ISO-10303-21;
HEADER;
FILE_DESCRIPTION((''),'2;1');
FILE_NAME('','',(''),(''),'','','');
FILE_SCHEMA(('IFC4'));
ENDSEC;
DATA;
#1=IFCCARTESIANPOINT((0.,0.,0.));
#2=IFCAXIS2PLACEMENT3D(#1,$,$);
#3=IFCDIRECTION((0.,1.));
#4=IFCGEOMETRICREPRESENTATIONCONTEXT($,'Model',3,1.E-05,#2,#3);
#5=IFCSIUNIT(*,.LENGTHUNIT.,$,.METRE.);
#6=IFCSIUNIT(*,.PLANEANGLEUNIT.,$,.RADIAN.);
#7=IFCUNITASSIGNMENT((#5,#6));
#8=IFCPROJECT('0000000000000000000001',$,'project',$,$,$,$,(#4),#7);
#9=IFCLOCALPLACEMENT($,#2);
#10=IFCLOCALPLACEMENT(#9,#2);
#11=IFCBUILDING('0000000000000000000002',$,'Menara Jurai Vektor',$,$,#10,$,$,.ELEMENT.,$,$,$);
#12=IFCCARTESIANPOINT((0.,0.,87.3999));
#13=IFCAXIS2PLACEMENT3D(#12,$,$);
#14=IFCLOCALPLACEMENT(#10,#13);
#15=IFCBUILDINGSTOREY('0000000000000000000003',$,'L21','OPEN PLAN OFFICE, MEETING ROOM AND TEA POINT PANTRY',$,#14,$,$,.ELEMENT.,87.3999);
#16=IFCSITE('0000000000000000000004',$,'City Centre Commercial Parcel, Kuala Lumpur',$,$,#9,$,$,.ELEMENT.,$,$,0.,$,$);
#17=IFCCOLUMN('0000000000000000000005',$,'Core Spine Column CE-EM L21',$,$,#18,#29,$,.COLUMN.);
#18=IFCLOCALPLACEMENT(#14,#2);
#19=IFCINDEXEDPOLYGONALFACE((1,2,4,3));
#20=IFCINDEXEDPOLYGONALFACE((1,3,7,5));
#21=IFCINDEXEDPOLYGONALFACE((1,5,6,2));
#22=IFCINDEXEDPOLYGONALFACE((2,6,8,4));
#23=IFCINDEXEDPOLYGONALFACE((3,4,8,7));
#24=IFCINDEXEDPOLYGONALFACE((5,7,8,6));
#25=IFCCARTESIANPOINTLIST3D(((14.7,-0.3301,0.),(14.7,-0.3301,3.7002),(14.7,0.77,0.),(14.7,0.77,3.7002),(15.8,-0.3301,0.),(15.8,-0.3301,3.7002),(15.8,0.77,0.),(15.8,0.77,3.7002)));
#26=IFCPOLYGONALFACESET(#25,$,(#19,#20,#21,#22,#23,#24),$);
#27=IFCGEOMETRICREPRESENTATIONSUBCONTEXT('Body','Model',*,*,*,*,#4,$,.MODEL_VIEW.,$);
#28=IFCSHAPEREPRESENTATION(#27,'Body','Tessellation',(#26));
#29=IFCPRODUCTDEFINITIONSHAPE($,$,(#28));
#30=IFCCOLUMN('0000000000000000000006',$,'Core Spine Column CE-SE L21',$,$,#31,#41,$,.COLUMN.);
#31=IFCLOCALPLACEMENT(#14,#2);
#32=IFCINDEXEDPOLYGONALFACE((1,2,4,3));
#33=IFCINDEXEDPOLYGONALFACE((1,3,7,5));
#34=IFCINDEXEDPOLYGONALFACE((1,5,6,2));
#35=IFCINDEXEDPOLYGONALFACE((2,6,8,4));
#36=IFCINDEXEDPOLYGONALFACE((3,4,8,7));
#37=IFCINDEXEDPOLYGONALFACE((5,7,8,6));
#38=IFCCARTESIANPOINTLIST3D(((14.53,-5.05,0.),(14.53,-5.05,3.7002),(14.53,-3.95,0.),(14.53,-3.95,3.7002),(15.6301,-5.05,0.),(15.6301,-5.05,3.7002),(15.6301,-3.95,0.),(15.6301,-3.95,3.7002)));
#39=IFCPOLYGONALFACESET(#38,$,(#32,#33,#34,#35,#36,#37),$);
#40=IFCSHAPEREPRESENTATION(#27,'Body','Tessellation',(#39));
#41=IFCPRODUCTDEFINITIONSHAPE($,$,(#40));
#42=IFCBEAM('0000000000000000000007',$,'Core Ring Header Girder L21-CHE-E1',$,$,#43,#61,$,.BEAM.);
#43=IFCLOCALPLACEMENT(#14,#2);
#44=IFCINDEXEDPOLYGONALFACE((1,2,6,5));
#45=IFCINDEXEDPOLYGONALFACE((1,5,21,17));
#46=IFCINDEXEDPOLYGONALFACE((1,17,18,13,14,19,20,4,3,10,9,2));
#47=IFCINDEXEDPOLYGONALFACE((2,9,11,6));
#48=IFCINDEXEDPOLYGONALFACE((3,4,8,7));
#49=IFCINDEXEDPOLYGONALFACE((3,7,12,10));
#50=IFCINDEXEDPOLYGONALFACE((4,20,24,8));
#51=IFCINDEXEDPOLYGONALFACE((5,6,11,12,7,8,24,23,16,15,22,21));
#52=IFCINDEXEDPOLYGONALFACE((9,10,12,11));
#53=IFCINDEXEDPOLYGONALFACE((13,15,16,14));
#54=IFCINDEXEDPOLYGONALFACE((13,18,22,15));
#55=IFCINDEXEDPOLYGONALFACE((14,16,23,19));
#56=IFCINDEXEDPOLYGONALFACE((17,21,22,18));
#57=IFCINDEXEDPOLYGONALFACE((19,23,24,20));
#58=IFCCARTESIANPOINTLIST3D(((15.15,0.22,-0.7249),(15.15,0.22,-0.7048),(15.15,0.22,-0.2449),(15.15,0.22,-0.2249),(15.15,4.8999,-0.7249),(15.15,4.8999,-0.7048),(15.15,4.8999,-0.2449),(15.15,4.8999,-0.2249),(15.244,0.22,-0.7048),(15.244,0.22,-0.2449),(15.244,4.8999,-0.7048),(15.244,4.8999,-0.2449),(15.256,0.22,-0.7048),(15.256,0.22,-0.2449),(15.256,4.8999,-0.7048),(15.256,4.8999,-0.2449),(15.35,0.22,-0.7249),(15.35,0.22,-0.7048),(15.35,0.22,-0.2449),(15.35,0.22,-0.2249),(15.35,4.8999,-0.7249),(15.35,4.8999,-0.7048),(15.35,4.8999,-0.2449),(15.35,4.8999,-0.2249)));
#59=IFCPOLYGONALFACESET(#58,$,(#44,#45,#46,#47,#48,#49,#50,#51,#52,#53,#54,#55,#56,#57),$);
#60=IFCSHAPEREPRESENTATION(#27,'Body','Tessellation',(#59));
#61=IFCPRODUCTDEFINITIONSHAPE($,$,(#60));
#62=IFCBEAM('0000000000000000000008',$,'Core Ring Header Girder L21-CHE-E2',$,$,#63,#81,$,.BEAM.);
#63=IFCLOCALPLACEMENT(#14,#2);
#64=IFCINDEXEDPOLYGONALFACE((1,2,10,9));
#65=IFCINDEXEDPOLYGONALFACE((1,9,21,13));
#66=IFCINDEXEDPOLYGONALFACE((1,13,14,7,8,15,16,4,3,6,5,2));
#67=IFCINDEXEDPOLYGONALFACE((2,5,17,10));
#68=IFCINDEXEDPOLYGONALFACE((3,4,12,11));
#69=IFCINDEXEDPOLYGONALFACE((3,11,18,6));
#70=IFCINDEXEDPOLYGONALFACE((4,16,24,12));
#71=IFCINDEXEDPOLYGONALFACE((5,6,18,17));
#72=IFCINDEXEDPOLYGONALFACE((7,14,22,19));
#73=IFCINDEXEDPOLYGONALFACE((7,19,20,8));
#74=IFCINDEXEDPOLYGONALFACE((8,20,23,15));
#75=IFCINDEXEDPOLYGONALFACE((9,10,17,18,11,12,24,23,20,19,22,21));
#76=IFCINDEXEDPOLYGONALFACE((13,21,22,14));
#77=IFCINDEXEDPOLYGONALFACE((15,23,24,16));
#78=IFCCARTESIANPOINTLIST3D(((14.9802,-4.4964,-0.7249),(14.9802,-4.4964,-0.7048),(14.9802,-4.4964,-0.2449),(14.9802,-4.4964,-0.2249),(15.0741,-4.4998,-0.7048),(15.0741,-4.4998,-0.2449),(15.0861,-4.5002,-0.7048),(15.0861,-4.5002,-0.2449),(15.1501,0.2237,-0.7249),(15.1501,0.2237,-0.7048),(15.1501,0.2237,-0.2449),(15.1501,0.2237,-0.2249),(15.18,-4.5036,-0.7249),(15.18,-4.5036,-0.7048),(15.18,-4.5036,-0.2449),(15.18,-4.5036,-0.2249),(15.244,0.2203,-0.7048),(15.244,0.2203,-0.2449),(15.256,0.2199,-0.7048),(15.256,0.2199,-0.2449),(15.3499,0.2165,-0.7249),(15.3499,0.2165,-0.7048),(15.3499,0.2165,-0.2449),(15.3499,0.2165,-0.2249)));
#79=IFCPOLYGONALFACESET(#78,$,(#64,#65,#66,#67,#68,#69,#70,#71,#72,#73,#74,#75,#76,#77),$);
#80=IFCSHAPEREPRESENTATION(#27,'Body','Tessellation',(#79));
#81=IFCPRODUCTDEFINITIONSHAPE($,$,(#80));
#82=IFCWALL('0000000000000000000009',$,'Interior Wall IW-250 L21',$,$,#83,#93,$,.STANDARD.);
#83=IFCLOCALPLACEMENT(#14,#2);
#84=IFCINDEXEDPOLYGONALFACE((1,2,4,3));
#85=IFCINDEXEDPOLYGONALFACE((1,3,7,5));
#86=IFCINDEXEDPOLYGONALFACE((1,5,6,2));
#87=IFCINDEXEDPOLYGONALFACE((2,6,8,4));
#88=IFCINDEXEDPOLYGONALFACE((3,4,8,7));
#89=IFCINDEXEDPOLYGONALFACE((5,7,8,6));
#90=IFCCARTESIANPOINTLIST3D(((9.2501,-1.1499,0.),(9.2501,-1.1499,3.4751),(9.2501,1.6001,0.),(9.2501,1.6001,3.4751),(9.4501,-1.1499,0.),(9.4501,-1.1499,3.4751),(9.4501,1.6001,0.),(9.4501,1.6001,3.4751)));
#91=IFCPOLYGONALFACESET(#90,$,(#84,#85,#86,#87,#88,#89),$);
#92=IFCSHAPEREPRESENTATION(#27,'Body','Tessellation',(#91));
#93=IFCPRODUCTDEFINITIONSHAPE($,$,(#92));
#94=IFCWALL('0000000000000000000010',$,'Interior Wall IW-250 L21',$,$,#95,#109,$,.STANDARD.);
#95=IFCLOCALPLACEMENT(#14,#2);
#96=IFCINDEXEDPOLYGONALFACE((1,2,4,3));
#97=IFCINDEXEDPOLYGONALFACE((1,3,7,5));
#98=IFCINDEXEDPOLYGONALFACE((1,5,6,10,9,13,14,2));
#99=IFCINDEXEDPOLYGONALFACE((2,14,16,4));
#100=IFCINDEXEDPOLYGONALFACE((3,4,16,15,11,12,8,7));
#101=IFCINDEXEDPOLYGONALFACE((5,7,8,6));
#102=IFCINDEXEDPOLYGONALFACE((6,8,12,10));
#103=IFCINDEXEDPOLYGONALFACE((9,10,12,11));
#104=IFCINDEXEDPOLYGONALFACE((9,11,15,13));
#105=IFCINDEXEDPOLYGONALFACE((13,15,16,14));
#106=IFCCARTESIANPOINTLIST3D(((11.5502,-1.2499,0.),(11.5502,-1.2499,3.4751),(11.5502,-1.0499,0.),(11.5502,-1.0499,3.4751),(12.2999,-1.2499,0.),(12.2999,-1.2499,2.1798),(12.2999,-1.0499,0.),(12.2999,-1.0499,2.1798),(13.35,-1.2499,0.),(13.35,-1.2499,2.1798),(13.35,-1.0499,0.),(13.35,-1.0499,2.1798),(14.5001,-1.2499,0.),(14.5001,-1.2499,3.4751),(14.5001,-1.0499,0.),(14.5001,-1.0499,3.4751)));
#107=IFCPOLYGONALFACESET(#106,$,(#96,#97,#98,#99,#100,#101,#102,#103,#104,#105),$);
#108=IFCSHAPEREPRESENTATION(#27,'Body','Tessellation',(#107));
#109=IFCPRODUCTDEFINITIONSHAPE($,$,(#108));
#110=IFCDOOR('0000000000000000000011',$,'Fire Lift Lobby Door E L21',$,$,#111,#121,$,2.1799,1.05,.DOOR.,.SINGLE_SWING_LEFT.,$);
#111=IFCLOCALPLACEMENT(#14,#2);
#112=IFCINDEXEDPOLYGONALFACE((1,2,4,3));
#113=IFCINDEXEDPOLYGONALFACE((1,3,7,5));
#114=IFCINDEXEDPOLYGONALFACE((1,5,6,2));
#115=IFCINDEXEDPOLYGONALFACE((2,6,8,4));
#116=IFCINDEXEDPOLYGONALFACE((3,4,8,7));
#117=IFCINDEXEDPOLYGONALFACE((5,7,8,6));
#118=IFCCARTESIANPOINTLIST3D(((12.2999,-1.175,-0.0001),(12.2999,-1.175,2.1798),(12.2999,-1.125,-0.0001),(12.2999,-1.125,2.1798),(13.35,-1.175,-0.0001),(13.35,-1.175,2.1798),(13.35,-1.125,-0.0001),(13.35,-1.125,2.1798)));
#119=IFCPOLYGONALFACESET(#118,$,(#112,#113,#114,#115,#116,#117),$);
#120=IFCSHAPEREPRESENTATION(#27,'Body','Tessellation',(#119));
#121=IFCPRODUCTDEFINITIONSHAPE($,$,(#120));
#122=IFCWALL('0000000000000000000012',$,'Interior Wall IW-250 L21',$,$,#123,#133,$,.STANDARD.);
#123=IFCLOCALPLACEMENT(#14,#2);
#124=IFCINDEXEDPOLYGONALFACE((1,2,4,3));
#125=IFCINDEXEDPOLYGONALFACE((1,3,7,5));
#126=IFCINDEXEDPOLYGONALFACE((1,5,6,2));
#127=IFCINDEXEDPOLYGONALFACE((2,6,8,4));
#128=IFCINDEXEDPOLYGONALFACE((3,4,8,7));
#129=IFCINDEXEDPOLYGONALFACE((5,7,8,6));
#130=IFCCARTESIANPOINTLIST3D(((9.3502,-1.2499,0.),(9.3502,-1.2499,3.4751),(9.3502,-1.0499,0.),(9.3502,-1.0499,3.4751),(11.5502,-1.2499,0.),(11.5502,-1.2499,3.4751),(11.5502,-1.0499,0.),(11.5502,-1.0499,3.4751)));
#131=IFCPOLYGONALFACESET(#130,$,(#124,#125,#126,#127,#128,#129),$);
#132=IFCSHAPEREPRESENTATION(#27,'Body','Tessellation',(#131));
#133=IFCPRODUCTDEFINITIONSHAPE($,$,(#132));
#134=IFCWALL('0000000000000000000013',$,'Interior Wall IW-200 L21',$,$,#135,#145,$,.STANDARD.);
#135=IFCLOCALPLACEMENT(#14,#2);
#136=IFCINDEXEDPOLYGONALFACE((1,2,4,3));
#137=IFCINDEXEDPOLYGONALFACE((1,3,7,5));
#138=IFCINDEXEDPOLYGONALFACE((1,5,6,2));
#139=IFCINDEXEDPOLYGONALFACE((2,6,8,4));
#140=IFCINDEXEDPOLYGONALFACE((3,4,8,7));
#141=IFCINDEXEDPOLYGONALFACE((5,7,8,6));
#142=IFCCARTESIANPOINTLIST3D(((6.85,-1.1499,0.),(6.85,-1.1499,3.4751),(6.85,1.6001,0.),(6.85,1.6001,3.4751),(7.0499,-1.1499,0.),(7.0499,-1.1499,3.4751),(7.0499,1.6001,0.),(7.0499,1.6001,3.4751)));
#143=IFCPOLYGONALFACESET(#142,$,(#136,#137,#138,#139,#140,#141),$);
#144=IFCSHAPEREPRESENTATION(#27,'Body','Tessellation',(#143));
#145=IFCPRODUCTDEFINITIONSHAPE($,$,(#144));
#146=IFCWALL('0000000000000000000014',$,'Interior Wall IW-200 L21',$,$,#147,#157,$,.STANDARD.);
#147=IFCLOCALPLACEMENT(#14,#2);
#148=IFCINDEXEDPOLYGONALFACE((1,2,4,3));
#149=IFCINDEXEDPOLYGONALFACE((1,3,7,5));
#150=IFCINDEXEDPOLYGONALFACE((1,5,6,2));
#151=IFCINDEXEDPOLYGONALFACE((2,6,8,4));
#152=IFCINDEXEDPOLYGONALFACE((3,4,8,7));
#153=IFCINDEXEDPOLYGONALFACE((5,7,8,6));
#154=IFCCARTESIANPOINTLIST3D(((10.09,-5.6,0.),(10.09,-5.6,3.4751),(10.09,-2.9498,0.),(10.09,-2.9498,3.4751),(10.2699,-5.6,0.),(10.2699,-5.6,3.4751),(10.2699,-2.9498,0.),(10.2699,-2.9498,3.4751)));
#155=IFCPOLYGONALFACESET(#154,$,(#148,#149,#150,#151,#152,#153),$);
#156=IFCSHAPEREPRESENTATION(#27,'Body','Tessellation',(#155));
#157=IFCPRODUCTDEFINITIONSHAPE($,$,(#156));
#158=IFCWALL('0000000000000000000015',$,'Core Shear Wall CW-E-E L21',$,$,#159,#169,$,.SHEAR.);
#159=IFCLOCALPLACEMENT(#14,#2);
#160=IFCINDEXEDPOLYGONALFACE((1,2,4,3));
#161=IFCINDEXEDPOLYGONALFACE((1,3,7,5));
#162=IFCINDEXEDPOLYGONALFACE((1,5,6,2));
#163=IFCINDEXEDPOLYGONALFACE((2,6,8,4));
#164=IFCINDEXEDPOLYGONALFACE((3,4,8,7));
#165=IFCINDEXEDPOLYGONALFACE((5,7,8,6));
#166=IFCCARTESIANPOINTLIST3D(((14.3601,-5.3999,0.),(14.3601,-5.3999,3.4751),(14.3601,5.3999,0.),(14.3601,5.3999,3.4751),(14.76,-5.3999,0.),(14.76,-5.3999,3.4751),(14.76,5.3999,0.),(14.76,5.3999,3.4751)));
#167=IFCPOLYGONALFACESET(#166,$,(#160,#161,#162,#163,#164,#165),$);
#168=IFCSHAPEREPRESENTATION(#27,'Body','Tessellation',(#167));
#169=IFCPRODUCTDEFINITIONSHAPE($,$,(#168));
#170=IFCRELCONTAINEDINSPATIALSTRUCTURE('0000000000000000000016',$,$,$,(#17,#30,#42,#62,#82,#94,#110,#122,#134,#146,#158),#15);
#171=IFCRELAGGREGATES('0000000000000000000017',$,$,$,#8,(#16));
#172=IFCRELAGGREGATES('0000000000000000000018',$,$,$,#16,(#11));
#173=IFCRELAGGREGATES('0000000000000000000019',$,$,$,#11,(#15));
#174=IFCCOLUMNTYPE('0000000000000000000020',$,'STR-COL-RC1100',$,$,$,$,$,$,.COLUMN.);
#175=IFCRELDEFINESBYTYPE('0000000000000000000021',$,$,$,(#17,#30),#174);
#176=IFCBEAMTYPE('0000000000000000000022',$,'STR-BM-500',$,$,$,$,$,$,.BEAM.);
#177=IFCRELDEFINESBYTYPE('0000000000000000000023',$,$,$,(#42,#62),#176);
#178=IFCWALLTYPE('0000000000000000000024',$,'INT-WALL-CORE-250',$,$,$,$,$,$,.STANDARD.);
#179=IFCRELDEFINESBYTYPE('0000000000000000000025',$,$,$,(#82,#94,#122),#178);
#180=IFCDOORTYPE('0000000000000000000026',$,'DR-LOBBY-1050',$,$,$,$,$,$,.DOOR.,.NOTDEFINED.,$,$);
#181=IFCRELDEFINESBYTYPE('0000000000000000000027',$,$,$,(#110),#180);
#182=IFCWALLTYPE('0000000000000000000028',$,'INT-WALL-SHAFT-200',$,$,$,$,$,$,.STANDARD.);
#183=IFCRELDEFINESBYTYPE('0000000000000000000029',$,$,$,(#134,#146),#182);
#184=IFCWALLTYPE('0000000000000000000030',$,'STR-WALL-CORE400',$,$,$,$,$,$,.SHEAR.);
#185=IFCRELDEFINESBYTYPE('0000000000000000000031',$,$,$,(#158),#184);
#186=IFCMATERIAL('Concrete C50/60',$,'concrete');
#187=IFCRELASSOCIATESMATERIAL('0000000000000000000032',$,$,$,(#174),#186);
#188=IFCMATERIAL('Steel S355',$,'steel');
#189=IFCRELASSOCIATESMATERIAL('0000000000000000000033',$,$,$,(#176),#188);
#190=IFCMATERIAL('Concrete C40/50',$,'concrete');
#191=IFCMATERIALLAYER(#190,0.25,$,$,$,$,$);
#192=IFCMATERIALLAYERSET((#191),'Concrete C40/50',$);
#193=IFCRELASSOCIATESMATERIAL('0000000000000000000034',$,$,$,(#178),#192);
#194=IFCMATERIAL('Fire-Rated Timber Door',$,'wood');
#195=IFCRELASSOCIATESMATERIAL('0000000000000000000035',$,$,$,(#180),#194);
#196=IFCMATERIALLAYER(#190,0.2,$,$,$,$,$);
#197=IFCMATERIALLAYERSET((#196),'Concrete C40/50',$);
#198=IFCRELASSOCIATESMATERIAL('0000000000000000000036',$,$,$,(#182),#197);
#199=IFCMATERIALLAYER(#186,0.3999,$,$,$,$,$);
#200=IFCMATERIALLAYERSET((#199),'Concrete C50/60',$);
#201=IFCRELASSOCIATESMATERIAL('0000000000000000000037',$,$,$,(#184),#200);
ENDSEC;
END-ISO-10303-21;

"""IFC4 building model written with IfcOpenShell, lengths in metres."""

from ifc_helpers import new_model, si_unit, direction, frame, frame_2d, origin, origin_2d, place, context, subcontext, project, spatial, rectangle, i_section, extrude, material, layer, layer_set, material_profile, profile_set, type_object, element, fill, save


model = new_model("IFC4")

# Units and contexts
model_context = context("Model", 3, precision=1e-05, world=origin(), true_north=direction((0.0, 1.0)))
body_context = subcontext(model_context, "Body", "Model", "MODEL_VIEW")
ifc_project = project(units=[si_unit("LENGTHUNIT", "METRE"), si_unit("PLANEANGLEUNIT", "RADIAN")], contexts=[model_context])

# Site, building, storey
site_placement = place(None, origin())
site = spatial("IfcSite", under=ifc_project, at=site_placement, Name="City Centre Commercial Parcel, Kuala Lumpur", CompositionType="ELEMENT", RefElevation=0.0)
building_placement = place(site_placement, origin())
building = spatial("IfcBuilding", under=site, at=building_placement, Name="Menara Jurai Vektor", CompositionType="ELEMENT")
storey_placement = place(building_placement, frame((0.0, 0.0, 87.3999)))
storey = spatial("IfcBuildingStorey", under=building, at=storey_placement, Name="L21", Description="OPEN PLAN OFFICE, MEETING ROOM AND TEA POINT PANTRY", CompositionType="ELEMENT", Elevation=87.3999)

# Columns
ifc_material_1 = material(Name="Concrete C50/60", Category="concrete")
ifc_material_profile_1 = material_profile(ifc_material_1, rectangle(XDim=1.1001, YDim=1.1001, at=origin_2d()), Name="RC 1100x1100")
ifc_profile_set_1 = profile_set([ifc_material_profile_1], Name="Concrete C50/60")
column_type = type_object("IfcColumnType", Name="STR-COL-RC1100", PredefinedType="COLUMN", material=ifc_profile_set_1)
for number, where, z_axis, x_axis, name in (
    (1, (15.25, 0.22, 0.0), (0.0, 0.0, 1.0), (1.0, 0.0, 0.0), "Core Spine Column CE-EM L21"),
    (2, (15.0801, -4.5, 0.0), (0.0, 0.0, 1.0), (1.0, 0.0, 0.0), "Core Spine Column CE-SE L21"),
):
    element("IfcColumn", number, at=place(storey_placement, frame(where, z_axis=z_axis, x_axis=x_axis)), inside=storey, type_object=column_type, Name=name, PredefinedType="COLUMN", context=body_context, shape_type="SweptSolid", body=[
        extrude(rectangle(XDim=1.1001, YDim=1.1001, at=origin_2d()), origin(), (0.0, 0.0, 1.0), 3.7002),
    ])

# Beams
ifc_material_2 = material(Name="Steel S355", Category="steel")
ifc_material_profile_2 = material_profile(ifc_material_2, i_section(OverallWidth=0.2, OverallDepth=0.5, WebThickness=0.012, FlangeThickness=0.02, at=origin_2d()), Name="PG 500x200x96")
ifc_profile_set_2 = profile_set([ifc_material_profile_2], Name="Steel S355")
beam_type = type_object("IfcBeamType", Name="STR-BM-500", PredefinedType="BEAM", material=ifc_profile_set_2)
beam_1_placement = place(storey_placement, frame((15.25, 0.22, -0.4749), z_axis=(0.0, 1.0, 0.0), x_axis=(-1.0, 0.0, 0.0)))
element("IfcBeam", 3, at=beam_1_placement, inside=storey, type_object=beam_type, Name="Core Ring Header Girder L21-CHE-E1", PredefinedType="BEAM", context=body_context, shape_type="SweptSolid", body=[
    extrude(i_section(OverallWidth=0.2, OverallDepth=0.5, WebThickness=0.012, FlangeThickness=0.02, at=origin_2d()), origin(), (0.0, 0.0, 1.0), 4.6799),
])
beam_2_placement = place(storey_placement, frame((15.0801, -4.5, -0.4749), z_axis=(0.035977, 0.999353, 0.0), x_axis=(-0.999353, 0.035977, 0.0)))
element("IfcBeam", 4, at=beam_2_placement, inside=storey, type_object=beam_type, Name="Core Ring Header Girder L21-CHE-E2", PredefinedType="BEAM", context=body_context, shape_type="SweptSolid", body=[
    extrude(i_section(OverallWidth=0.2, OverallDepth=0.5, WebThickness=0.012, FlangeThickness=0.02, at=origin_2d()), origin(), (0.0, 0.0, 1.0), 4.7231),
])

# Shared definitions
ifc_material_3 = material(Name="Concrete C40/50", Category="concrete")
ifc_layer_1 = layer(ifc_material_3, 0.25)
ifc_layer_set_1 = layer_set([ifc_layer_1], Name="Concrete C40/50")
wall_type_1 = type_object("IfcWallType", Name="INT-WALL-CORE-250", PredefinedType="STANDARD", material=ifc_layer_set_1)

# Wall
wall_1_placement = place(storey_placement, frame((9.3501, -1.1499, 0.0), z_axis=(0.0, 0.0, 1.0), x_axis=(0.0, 1.0, 0.0)))
element("IfcWall", 5, at=wall_1_placement, inside=storey, type_object=wall_type_1, Name="Interior Wall IW-250 L21", PredefinedType="STANDARD", context=body_context, shape_type="SweptSolid", body=[
    extrude(rectangle(XDim=2.75, YDim=0.2, at=frame_2d((1.375, 0.0))), origin(), (0.0, 0.0, 1.0), 3.4751),
])

# Wall, opening, door
wall_2_placement = place(storey_placement, frame((11.55, -1.1499, 0.0), z_axis=(0.0, 0.0, 1.0), x_axis=(1.0, 0.0, 0.0)))
wall_2 = element("IfcWall", 6, at=wall_2_placement, inside=storey, type_object=wall_type_1, Name="Interior Wall IW-250 L21", PredefinedType="STANDARD", context=body_context, shape_type="SweptSolid", body=[
    extrude(rectangle(XDim=2.95, YDim=0.2, at=frame_2d((1.4751, 0.0))), origin(), (0.0, 0.0, 1.0), 3.4751),
])
opening_1_placement = place(wall_2_placement, frame((0.75, 0.0, 0.0)))
opening_1 = element("IfcOpeningElement", 7, at=opening_1_placement, cuts=wall_2, PredefinedType="OPENING", context=body_context, shape_type="SweptSolid", body=[
    extrude(rectangle(XDim=1.05, YDim=2.1799, at=frame_2d((0.5249, 1.0898))), frame((0.0, 0.1099, 0.0), z_axis=(0.0, -1.0, 0.0), x_axis=(1.0, 0.0, 0.0)), (0.0, 0.0, 1.0), 0.22),
])
ifc_material_4 = material(Name="Fire-Rated Timber Door", Category="wood")
door_type_1 = type_object("IfcDoorType", Name="DR-LOBBY-1050", OperationType="NOTDEFINED", PredefinedType="DOOR", material=ifc_material_4)
door_1_placement = place(opening_1_placement, origin())
door_1 = element("IfcDoor", 8, at=door_1_placement, inside=storey, type_object=door_type_1, Name="Fire Lift Lobby Door E L21", OperationType="SINGLE_SWING_LEFT", OverallHeight=2.1799, OverallWidth=1.05, PredefinedType="DOOR", context=body_context, shape_type="SweptSolid", body=[
    extrude(rectangle(XDim=1.05, YDim=2.1799, at=frame_2d((0.5249, 1.0898))), frame((0.0, 0.0249, 0.0), z_axis=(0.0, -1.0, 0.0), x_axis=(1.0, 0.0, 0.0)), (0.0, 0.0, 1.0), 0.05),
])
fill(opening_1, door_1)

# Walls
wall_3_placement = place(storey_placement, frame((9.3501, -1.1499, 0.0), z_axis=(0.0, 0.0, 1.0), x_axis=(1.0, 0.0, 0.0)))
element("IfcWall", 9, at=wall_3_placement, inside=storey, type_object=wall_type_1, Name="Interior Wall IW-250 L21", PredefinedType="STANDARD", context=body_context, shape_type="SweptSolid", body=[
    extrude(rectangle(XDim=2.2, YDim=0.2, at=frame_2d((1.1001, 0.0))), origin(), (0.0, 0.0, 1.0), 3.4751),
])
ifc_layer_2 = layer(ifc_material_3, 0.2)
ifc_layer_set_2 = layer_set([ifc_layer_2], Name="Concrete C40/50")
wall_type_2 = type_object("IfcWallType", Name="INT-WALL-SHAFT-200", PredefinedType="STANDARD", material=ifc_layer_set_2)
wall_4_placement = place(storey_placement, frame((6.95, -1.1499, 0.0), z_axis=(0.0, 0.0, 1.0), x_axis=(0.0, 1.0, 0.0)))
element("IfcWall", 10, at=wall_4_placement, inside=storey, type_object=wall_type_2, Name="Interior Wall IW-200 L21", PredefinedType="STANDARD", context=body_context, shape_type="SweptSolid", body=[
    extrude(rectangle(XDim=2.75, YDim=0.2, at=frame_2d((1.375, 0.0))), origin(), (0.0, 0.0, 1.0), 3.4751),
])

# Walls
wall_5_placement = place(storey_placement, frame((10.1799, -5.6001, 0.0), z_axis=(0.0, 0.0, 1.0), x_axis=(0.0, 1.0, 0.0)))
element("IfcWall", 11, at=wall_5_placement, inside=storey, type_object=wall_type_2, Name="Interior Wall IW-200 L21", PredefinedType="STANDARD", context=body_context, shape_type="SweptSolid", body=[
    extrude(rectangle(XDim=2.6501, YDim=0.1799, at=frame_2d((1.3252, 0.0))), origin(), (0.0, 0.0, 1.0), 3.4751),
])
ifc_layer_3 = layer(ifc_material_1, 0.3999)
ifc_layer_set_3 = layer_set([ifc_layer_3], Name="Concrete C50/60")
wall_type_3 = type_object("IfcWallType", Name="STR-WALL-CORE400", PredefinedType="SHEAR", material=ifc_layer_set_3)
wall_6_placement = place(storey_placement, frame((14.5601, -5.3999, 0.0), z_axis=(0.0, 0.0, 1.0), x_axis=(0.0, 1.0, 0.0)))
element("IfcWall", 12, at=wall_6_placement, inside=storey, type_object=wall_type_3, Name="Core Shear Wall CW-E-E L21", PredefinedType="SHEAR", context=body_context, shape_type="SweptSolid", body=[
    extrude(rectangle(XDim=10.7998, YDim=0.3999, at=frame_2d((5.3999, 0.0))), origin(), (0.0, 0.0, 1.0), 3.4751),
])

save(model, "model.ifc")
